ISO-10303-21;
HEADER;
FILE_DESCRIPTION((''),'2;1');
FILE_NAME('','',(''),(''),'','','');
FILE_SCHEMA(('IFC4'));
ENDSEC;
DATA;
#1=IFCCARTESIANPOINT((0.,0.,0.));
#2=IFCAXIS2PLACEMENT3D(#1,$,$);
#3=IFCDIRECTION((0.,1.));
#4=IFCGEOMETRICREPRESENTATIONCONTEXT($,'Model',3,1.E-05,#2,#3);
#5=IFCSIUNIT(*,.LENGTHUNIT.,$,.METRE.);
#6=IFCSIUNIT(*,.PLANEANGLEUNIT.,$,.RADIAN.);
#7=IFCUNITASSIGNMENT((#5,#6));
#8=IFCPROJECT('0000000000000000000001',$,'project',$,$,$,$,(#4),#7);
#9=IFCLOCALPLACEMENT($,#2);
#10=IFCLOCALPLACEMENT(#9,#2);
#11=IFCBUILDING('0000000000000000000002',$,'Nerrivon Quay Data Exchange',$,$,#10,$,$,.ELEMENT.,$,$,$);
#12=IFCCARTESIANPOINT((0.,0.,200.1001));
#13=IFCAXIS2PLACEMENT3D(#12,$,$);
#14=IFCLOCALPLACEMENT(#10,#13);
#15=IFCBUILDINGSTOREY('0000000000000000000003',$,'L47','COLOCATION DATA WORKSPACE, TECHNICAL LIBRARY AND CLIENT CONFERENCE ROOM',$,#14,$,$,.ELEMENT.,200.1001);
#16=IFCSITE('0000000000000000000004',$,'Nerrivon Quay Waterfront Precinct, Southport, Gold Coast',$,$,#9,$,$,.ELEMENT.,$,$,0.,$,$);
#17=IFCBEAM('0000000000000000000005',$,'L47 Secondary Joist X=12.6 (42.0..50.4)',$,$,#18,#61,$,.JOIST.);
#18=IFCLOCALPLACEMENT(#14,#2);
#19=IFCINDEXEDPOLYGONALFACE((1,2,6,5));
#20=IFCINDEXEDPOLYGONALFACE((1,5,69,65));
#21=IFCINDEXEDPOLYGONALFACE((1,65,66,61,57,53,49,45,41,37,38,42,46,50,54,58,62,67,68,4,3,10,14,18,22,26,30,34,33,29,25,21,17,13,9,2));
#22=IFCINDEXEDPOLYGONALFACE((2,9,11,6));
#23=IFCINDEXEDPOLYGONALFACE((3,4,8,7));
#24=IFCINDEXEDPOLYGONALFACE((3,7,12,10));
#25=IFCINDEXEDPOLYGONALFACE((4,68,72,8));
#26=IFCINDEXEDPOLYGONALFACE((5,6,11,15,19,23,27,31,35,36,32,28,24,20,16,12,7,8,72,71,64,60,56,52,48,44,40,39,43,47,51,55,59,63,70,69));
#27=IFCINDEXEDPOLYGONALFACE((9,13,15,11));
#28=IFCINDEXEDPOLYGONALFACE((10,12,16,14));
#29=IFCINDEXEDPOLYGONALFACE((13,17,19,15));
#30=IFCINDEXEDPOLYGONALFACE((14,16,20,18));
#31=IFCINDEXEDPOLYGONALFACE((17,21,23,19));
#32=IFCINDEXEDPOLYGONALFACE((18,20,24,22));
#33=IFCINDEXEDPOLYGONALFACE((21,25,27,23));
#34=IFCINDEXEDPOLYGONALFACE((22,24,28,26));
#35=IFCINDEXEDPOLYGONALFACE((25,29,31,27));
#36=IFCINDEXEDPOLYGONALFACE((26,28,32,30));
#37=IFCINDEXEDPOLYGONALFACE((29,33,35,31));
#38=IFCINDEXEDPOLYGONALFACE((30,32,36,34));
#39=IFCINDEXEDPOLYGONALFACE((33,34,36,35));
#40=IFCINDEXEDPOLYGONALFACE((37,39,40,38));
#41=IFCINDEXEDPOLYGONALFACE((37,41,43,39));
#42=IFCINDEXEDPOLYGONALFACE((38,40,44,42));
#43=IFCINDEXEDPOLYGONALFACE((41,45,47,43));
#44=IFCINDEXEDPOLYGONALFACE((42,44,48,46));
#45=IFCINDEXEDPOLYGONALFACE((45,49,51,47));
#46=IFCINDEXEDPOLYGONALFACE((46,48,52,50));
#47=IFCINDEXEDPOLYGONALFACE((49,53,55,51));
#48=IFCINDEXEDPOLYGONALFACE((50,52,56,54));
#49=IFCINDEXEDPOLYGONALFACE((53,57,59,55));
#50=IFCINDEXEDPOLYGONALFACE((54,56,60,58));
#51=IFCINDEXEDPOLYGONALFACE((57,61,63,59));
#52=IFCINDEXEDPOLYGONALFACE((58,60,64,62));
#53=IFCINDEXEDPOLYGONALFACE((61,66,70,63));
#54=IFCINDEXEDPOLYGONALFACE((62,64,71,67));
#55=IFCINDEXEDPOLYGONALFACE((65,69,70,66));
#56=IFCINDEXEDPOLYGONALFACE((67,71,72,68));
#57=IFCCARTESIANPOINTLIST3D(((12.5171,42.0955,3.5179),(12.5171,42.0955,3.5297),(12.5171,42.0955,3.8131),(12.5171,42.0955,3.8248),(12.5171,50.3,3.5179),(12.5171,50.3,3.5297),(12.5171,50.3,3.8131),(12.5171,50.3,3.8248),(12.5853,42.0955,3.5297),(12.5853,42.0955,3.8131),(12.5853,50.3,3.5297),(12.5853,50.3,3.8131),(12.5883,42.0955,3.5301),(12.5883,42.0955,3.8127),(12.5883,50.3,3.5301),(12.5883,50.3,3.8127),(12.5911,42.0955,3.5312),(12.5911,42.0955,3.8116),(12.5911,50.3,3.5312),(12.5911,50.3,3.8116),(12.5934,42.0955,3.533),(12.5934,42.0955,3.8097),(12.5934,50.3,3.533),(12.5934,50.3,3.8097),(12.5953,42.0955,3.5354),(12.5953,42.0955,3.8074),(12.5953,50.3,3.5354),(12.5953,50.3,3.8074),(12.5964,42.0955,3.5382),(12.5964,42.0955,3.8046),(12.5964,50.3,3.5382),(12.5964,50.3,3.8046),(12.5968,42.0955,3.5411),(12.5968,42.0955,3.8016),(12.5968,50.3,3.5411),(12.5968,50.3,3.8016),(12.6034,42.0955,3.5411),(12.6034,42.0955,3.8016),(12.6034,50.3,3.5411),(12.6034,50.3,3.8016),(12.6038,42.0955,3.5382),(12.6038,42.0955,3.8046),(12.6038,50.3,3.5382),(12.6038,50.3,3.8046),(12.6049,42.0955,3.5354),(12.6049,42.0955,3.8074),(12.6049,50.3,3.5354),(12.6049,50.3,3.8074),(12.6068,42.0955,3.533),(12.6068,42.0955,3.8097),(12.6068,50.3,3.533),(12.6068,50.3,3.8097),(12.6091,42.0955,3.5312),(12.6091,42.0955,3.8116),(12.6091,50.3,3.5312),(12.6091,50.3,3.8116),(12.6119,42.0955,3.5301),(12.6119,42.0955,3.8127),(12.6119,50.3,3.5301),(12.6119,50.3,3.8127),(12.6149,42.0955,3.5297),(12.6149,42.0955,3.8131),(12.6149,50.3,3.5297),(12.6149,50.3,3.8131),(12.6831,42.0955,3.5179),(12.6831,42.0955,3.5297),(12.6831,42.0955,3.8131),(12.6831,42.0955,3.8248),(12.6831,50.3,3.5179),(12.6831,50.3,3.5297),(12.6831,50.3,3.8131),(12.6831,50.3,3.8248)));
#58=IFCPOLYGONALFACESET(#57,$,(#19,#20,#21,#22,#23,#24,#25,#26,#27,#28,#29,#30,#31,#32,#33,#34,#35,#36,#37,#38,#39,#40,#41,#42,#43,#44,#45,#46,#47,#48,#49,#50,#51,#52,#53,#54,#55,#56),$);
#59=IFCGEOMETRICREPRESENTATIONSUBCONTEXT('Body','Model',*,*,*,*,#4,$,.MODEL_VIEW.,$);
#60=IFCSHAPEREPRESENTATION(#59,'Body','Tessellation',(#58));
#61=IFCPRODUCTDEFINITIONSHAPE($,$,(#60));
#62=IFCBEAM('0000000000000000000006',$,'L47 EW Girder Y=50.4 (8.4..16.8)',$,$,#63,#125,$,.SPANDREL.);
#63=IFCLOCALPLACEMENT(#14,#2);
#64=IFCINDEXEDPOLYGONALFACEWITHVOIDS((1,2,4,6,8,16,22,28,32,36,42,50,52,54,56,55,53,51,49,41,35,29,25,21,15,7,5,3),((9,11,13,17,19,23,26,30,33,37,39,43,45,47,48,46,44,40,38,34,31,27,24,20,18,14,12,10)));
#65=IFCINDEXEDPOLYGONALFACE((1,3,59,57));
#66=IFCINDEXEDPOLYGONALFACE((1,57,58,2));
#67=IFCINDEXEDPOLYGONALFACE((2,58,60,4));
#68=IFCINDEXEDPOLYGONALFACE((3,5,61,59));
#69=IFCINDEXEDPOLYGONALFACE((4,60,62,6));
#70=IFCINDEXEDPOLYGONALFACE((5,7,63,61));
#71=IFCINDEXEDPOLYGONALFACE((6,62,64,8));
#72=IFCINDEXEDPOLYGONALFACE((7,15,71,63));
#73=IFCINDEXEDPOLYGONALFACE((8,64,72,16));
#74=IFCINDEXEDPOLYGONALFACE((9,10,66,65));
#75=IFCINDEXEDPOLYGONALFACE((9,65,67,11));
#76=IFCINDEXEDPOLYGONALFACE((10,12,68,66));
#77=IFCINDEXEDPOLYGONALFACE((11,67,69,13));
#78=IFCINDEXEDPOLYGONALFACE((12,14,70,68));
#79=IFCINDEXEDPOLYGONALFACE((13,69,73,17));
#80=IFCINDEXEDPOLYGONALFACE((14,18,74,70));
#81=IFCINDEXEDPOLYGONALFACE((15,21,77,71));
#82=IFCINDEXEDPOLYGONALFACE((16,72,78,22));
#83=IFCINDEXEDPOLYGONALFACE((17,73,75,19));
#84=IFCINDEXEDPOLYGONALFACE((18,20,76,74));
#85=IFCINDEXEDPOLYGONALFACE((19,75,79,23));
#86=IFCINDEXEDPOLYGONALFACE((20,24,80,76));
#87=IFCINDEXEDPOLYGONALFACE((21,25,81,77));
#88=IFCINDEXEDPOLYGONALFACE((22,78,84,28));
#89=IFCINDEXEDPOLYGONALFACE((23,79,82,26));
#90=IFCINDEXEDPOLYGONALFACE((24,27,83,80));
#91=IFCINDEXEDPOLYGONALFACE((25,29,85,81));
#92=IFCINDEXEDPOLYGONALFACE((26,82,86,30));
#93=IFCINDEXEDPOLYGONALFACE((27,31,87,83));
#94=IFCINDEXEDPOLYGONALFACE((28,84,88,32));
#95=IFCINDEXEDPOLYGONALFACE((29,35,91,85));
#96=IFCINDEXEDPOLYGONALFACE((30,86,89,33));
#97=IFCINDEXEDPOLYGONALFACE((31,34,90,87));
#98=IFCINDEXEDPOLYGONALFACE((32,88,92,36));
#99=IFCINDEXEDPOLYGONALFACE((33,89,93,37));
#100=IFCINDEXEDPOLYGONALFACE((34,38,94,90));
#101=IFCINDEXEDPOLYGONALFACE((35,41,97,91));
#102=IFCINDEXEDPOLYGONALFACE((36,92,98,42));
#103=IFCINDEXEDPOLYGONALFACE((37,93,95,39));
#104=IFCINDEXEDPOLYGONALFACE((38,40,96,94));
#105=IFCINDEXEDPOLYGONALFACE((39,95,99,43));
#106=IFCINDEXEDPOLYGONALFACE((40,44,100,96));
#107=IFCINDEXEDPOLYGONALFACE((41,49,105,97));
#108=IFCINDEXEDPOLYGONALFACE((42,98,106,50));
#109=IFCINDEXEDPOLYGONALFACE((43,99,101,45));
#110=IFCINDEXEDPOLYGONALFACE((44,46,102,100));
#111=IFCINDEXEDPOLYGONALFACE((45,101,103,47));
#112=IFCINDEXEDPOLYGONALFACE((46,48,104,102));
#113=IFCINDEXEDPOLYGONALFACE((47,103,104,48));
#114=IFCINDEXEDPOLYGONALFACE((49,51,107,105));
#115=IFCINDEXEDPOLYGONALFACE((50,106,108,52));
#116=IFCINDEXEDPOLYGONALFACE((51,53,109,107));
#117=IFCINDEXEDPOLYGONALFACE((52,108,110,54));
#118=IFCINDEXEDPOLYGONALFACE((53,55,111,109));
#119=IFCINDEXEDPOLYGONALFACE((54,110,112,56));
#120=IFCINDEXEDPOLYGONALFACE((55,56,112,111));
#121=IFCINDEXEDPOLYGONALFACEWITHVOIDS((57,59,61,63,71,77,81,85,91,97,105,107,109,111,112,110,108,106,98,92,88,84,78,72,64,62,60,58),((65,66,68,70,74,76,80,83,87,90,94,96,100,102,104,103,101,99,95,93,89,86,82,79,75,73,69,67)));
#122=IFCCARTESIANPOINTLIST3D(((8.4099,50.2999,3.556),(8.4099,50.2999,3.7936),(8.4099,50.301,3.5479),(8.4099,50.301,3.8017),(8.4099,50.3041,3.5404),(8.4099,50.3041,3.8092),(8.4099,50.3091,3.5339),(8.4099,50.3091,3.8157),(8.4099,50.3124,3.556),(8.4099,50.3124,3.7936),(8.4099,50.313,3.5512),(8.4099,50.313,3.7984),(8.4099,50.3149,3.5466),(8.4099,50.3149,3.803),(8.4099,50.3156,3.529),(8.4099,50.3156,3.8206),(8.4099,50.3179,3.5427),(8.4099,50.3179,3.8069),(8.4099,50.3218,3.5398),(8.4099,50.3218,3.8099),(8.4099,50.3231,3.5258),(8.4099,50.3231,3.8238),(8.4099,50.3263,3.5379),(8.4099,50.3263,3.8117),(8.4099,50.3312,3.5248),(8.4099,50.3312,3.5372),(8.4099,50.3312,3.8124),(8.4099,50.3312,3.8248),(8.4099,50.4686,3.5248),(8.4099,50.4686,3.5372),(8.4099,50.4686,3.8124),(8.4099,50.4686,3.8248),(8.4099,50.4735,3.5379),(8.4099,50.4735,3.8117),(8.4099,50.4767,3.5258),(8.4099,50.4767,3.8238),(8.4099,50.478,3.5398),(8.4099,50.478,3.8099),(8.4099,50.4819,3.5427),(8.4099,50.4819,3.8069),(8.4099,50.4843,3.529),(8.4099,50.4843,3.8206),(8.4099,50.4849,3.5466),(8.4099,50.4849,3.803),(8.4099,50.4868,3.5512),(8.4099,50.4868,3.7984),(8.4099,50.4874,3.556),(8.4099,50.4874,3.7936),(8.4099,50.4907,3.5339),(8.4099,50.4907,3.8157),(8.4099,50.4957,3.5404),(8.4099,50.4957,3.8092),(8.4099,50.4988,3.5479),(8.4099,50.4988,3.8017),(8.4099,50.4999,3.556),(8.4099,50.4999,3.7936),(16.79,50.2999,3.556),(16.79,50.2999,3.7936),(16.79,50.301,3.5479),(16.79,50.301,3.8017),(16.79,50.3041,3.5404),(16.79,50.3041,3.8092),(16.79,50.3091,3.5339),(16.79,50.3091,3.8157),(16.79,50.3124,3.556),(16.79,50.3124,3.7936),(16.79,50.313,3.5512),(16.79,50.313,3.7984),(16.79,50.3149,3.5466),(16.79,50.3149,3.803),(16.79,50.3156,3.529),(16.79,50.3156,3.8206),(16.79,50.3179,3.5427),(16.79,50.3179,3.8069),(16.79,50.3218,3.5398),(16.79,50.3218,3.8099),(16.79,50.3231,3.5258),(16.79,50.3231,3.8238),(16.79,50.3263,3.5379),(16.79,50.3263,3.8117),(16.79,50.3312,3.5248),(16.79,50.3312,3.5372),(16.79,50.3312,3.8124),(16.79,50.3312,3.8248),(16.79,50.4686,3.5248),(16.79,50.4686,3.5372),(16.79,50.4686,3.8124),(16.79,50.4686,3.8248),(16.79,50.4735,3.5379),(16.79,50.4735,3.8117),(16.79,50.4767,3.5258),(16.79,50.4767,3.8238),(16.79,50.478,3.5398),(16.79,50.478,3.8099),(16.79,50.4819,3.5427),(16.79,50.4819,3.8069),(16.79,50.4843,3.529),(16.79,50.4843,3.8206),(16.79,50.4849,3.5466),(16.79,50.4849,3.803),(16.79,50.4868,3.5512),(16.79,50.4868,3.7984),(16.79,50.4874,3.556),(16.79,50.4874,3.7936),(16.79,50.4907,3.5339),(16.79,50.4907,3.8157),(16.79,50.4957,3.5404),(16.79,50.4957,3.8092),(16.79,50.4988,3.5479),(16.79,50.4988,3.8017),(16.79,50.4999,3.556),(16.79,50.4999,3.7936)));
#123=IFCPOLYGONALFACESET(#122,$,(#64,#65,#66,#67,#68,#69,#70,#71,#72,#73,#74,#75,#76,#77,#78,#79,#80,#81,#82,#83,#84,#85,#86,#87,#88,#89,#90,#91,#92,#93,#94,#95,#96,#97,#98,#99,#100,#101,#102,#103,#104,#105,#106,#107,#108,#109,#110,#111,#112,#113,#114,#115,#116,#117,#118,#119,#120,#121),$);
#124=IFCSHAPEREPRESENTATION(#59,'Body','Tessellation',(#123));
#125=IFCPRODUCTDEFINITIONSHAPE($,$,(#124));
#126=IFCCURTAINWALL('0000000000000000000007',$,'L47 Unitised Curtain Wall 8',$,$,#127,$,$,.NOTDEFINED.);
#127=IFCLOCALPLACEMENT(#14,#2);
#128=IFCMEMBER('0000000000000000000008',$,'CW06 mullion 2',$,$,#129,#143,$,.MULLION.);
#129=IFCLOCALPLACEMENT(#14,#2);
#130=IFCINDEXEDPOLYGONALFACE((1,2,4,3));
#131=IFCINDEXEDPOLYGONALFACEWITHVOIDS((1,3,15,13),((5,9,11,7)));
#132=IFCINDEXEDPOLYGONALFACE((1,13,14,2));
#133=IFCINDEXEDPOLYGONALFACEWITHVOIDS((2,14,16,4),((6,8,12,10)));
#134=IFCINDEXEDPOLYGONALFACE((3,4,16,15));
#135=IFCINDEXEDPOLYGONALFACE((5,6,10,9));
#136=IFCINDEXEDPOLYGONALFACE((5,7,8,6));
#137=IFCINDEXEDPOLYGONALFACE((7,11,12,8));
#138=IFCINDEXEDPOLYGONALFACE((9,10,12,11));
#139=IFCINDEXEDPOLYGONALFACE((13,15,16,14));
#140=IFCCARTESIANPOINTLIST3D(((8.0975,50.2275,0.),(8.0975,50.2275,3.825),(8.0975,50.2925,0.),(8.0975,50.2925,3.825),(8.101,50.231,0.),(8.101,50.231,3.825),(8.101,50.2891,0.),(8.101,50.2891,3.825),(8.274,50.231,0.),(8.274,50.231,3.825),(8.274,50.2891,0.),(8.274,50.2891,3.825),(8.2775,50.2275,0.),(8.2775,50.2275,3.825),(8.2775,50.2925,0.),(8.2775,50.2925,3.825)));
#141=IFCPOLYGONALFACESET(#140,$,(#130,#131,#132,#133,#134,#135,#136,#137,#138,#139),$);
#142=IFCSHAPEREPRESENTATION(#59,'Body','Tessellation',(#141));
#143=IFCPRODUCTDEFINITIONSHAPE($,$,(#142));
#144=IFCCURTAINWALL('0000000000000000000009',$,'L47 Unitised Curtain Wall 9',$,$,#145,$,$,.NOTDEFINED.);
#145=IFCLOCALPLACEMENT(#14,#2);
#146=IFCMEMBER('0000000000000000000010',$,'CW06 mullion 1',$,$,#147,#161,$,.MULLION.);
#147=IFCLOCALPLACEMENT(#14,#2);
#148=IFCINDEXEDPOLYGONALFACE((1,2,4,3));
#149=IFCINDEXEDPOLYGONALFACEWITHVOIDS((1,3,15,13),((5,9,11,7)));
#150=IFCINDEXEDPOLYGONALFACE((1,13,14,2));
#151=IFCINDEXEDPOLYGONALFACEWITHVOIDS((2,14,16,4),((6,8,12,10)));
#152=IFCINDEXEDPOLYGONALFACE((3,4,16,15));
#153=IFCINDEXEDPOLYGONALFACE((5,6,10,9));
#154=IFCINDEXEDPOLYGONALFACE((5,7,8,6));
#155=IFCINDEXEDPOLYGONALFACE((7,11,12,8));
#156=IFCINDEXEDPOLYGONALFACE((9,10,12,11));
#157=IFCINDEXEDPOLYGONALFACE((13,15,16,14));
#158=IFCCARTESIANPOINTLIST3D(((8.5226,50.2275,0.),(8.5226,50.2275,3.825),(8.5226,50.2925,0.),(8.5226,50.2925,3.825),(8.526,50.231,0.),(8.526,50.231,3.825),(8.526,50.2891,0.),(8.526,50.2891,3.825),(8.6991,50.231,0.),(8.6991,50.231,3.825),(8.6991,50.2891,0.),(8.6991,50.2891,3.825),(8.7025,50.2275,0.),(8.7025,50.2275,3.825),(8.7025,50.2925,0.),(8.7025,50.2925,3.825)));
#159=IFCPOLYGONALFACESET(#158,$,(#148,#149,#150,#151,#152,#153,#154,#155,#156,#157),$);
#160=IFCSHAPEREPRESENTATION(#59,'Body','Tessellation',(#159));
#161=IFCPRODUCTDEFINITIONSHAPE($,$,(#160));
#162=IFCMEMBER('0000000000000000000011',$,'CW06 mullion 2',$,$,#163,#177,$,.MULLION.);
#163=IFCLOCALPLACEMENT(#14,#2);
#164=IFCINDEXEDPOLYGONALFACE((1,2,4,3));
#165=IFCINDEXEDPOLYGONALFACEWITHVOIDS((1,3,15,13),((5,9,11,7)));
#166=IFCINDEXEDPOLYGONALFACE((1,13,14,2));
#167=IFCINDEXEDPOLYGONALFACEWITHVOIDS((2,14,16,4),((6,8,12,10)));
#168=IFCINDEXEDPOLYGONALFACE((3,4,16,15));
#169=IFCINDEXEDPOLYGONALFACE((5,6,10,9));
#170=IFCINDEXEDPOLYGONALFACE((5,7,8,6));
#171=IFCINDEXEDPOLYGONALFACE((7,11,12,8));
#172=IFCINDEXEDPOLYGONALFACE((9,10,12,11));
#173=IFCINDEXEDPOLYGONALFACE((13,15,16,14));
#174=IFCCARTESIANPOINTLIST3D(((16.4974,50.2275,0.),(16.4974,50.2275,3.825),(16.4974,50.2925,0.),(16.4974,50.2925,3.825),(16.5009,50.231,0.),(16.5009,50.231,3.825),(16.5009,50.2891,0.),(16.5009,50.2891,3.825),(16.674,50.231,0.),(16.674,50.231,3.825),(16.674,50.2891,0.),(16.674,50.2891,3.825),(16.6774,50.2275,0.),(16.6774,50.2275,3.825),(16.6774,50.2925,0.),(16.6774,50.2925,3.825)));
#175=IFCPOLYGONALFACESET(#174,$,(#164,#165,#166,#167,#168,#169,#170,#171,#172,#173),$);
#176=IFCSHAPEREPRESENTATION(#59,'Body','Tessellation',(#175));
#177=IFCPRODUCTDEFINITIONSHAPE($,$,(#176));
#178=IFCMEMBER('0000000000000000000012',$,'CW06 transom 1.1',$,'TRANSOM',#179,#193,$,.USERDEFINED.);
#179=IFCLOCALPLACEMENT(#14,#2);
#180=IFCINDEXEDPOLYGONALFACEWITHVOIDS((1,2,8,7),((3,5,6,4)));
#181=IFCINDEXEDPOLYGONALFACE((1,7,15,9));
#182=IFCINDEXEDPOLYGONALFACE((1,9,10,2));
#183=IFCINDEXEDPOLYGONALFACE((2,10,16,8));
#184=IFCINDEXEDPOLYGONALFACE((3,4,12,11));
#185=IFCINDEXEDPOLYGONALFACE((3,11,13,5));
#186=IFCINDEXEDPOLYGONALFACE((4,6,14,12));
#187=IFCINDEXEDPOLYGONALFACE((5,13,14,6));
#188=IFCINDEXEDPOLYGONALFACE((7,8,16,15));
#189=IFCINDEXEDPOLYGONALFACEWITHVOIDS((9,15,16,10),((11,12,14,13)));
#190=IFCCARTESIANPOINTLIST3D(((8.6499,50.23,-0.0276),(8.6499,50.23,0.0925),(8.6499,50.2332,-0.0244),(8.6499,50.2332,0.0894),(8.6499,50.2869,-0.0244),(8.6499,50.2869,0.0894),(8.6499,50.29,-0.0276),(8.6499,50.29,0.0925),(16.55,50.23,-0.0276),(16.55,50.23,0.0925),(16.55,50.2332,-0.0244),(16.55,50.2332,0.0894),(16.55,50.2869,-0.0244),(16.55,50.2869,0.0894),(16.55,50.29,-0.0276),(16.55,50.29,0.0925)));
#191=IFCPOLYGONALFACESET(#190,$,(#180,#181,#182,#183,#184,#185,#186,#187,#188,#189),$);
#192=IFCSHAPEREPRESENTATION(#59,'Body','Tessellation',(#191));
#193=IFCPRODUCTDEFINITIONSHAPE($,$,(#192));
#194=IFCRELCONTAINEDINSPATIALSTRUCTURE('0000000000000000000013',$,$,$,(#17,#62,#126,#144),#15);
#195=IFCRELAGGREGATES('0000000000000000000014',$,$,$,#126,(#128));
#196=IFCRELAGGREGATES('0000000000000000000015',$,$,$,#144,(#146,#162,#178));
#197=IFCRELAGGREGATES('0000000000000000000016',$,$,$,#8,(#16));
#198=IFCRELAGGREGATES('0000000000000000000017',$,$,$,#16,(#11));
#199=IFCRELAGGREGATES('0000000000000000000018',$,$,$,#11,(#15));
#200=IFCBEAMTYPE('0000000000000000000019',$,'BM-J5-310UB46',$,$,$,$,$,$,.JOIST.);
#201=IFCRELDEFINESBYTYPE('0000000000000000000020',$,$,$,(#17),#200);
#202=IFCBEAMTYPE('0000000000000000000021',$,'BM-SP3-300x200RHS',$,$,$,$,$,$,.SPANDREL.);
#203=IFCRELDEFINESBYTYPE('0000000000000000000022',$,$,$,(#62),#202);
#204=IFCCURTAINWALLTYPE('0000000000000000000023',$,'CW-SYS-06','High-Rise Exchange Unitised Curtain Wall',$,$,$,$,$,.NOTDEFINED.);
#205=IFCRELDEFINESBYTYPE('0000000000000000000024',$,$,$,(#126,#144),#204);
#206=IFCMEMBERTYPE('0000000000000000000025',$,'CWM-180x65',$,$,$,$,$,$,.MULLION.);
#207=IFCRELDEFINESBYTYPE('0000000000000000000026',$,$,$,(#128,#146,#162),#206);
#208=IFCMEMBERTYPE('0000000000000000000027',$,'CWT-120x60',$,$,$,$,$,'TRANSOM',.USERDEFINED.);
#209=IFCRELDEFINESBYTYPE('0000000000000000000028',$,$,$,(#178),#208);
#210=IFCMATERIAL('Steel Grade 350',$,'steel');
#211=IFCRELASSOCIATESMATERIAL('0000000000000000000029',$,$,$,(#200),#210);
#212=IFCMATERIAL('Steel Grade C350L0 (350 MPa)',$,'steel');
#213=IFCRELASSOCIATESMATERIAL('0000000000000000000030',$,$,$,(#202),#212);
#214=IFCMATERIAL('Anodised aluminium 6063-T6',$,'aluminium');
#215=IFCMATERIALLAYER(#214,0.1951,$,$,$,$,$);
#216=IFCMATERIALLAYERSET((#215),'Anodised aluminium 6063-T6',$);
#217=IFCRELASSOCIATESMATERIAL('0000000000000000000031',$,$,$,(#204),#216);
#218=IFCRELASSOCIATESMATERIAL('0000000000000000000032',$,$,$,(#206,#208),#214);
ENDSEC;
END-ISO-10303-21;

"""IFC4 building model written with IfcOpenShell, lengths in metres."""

from ifc_helpers import new_model, si_unit, direction, frame, origin, origin_2d, place, context, subcontext, project, spatial, hollow_rectangle, i_section, extrude, material, layer, layer_set, material_profile, profile_set, type_object, element, aggregate, save


model = new_model("IFC4")

# Units and contexts
model_context = context("Model", 3, precision=1e-05, world=origin(), true_north=direction((0.0, 1.0)))
body_context = subcontext(model_context, "Body", "Model", "MODEL_VIEW")
ifc_project = project(units=[si_unit("LENGTHUNIT", "METRE"), si_unit("PLANEANGLEUNIT", "RADIAN")], contexts=[model_context])

# Site, building, storey
site_placement = place(None, origin())
site = spatial("IfcSite", under=ifc_project, at=site_placement, Name="Nerrivon Quay Waterfront Precinct, Southport, Gold Coast", CompositionType="ELEMENT", RefElevation=0.0)
building_placement = place(site_placement, origin())
building = spatial("IfcBuilding", under=site, at=building_placement, Name="Nerrivon Quay Data Exchange", CompositionType="ELEMENT")
storey_placement = place(building_placement, frame((0.0, 0.0, 200.1001)))
storey = spatial("IfcBuildingStorey", under=building, at=storey_placement, Name="L47", Description="COLOCATION DATA WORKSPACE, TECHNICAL LIBRARY AND CLIENT CONFERENCE ROOM", CompositionType="ELEMENT", Elevation=200.1001)

# Shared definitions
ifc_material_1 = material(Name="Steel Grade 350", Category="steel")

# Beams
ifc_material_profile_1 = material_profile(ifc_material_1, i_section(OverallWidth=0.166, OverallDepth=0.3069, WebThickness=0.0066, FlangeThickness=0.0117, FilletRadius=0.0115, at=origin_2d()), Name="310UB46.2")
ifc_profile_set_1 = profile_set([ifc_material_profile_1], Name="Steel Grade 350")
beam_type_1 = type_object("IfcBeamType", Name="BM-J5-310UB46", PredefinedType="JOIST", material=ifc_profile_set_1)
beam_1_placement = place(storey_placement, frame((12.6001, 42.0955, 3.6714), z_axis=(0.0, 1.0, 0.0), x_axis=(-1.0, 0.0, 0.0)))
element("IfcBeam", 1, at=beam_1_placement, inside=storey, type_object=beam_type_1, Name="L47 Secondary Joist X=12.6 (42.0..50.4)", PredefinedType="JOIST", context=body_context, shape_type="SweptSolid", body=[
    extrude(i_section(OverallWidth=0.166, OverallDepth=0.3069, WebThickness=0.0066, FlangeThickness=0.0117, FilletRadius=0.0115, at=origin_2d()), origin(), (0.0, 0.0, 1.0), 8.2046),
])
ifc_material_2 = material(Name="Steel Grade C350L0 (350 MPa)", Category="steel")
ifc_material_profile_2 = material_profile(ifc_material_2, hollow_rectangle(XDim=0.2, YDim=0.3, WallThickness=0.0125, InnerFilletRadius=0.0188, OuterFilletRadius=0.0312, at=origin_2d()), Name="300x200x12.5RHS")
ifc_profile_set_2 = profile_set([ifc_material_profile_2], Name="Steel Grade C350L0 (350 MPa)")
beam_type_2 = type_object("IfcBeamType", Name="BM-SP3-300x200RHS", PredefinedType="SPANDREL", material=ifc_profile_set_2)
beam_2_placement = place(storey_placement, frame((8.4099, 50.3999, 3.6748), z_axis=(1.0, 0.0, 0.0), x_axis=(0.0, 1.0, 0.0)))
element("IfcBeam", 2, at=beam_2_placement, inside=storey, type_object=beam_type_2, Name="L47 EW Girder Y=50.4 (8.4..16.8)", PredefinedType="SPANDREL", context=body_context, shape_type="SweptSolid", body=[
    extrude(hollow_rectangle(XDim=0.2, YDim=0.3, WallThickness=0.0125, InnerFilletRadius=0.0188, OuterFilletRadius=0.0312, at=origin_2d()), origin(), (0.0, 0.0, 1.0), 8.3801),
])

# Curtain wall, member
ifc_material_3 = material(Name="Anodised aluminium 6063-T6", Category="aluminium")
ifc_layer_1 = layer(ifc_material_3, 0.1951)
ifc_layer_set_1 = layer_set([ifc_layer_1], Name="Anodised aluminium 6063-T6")
curtain_wall_type = type_object("IfcCurtainWallType", Name="CW-SYS-06", Description="High-Rise Exchange Unitised Curtain Wall", PredefinedType="NOTDEFINED", material=ifc_layer_set_1)
curtain_wall_1_placement = place(storey_placement, origin())
curtain_wall_1 = element("IfcCurtainWall", 3, at=curtain_wall_1_placement, inside=storey, type_object=curtain_wall_type, Name="L47 Unitised Curtain Wall 8", PredefinedType="NOTDEFINED")
ifc_material_profile_3 = material_profile(ifc_material_3, hollow_rectangle(XDim=0.0649, YDim=0.1799, WallThickness=0.0034, at=origin_2d()), Name="ALU-MULL-180x65")
ifc_profile_set_3 = profile_set([ifc_material_profile_3], Name="Anodised aluminium 6063-T6")
member_type_1 = type_object("IfcMemberType", Name="CWM-180x65", PredefinedType="MULLION", material=ifc_profile_set_3)
member_1_placement = place(storey_placement, frame((8.1875, 50.26, 0.0), z_axis=(0.0, 0.0, 1.0), x_axis=(0.0, 1.0, 0.0)))
member_1 = element("IfcMember", 4, at=member_1_placement, type_object=member_type_1, Name="CW06 mullion 2", PredefinedType="MULLION", context=body_context, shape_type="SweptSolid", body=[
    extrude(hollow_rectangle(XDim=0.0649, YDim=0.1799, WallThickness=0.0034, at=origin_2d()), origin(), (0.0, 0.0, 1.0), 3.825),
])
aggregate(curtain_wall_1, [member_1])

# Curtain wall, members
curtain_wall_2_placement = place(storey_placement, origin())
curtain_wall_2 = element("IfcCurtainWall", 5, at=curtain_wall_2_placement, inside=storey, type_object=curtain_wall_type, Name="L47 Unitised Curtain Wall 9", PredefinedType="NOTDEFINED")
member_2_placement = place(storey_placement, frame((8.6125, 50.26, 0.0), z_axis=(0.0, 0.0, 1.0), x_axis=(0.0, 1.0, 0.0)))
member_2 = element("IfcMember", 6, at=member_2_placement, type_object=member_type_1, Name="CW06 mullion 1", PredefinedType="MULLION", context=body_context, shape_type="SweptSolid", body=[
    extrude(hollow_rectangle(XDim=0.0649, YDim=0.1799, WallThickness=0.0034, at=origin_2d()), origin(), (0.0, 0.0, 1.0), 3.825),
])
member_3_placement = place(storey_placement, frame((16.5874, 50.26, 0.0), z_axis=(0.0, 0.0, 1.0), x_axis=(0.0, 1.0, 0.0)))
member_3 = element("IfcMember", 7, at=member_3_placement, type_object=member_type_1, Name="CW06 mullion 2", PredefinedType="MULLION", context=body_context, shape_type="SweptSolid", body=[
    extrude(hollow_rectangle(XDim=0.0649, YDim=0.1799, WallThickness=0.0034, at=origin_2d()), origin(), (0.0, 0.0, 1.0), 3.825),
])
ifc_material_profile_4 = material_profile(ifc_material_3, hollow_rectangle(XDim=0.0601, YDim=0.1201, WallThickness=0.0032, at=origin_2d()), Name="ALU-TRAN-120x60")
ifc_profile_set_4 = profile_set([ifc_material_profile_4], Name="Anodised aluminium 6063-T6")
member_type_2 = type_object("IfcMemberType", Name="CWT-120x60", ElementType="TRANSOM", PredefinedType="USERDEFINED", material=ifc_profile_set_4)
member_4_placement = place(storey_placement, frame((8.6499, 50.26, 0.0325), z_axis=(1.0, 0.0, 0.0), x_axis=(0.0, 1.0, 0.0)))
member_4 = element("IfcMember", 8, at=member_4_placement, type_object=member_type_2, Name="CW06 transom 1.1", ObjectType="TRANSOM", PredefinedType="USERDEFINED", context=body_context, shape_type="SweptSolid", body=[
    extrude(hollow_rectangle(XDim=0.0601, YDim=0.1201, WallThickness=0.0032, at=origin_2d()), origin(), (0.0, 0.0, 1.0), 7.9001),
])
aggregate(curtain_wall_2, [member_2, member_3, member_4])

save(model, "model.ifc")
